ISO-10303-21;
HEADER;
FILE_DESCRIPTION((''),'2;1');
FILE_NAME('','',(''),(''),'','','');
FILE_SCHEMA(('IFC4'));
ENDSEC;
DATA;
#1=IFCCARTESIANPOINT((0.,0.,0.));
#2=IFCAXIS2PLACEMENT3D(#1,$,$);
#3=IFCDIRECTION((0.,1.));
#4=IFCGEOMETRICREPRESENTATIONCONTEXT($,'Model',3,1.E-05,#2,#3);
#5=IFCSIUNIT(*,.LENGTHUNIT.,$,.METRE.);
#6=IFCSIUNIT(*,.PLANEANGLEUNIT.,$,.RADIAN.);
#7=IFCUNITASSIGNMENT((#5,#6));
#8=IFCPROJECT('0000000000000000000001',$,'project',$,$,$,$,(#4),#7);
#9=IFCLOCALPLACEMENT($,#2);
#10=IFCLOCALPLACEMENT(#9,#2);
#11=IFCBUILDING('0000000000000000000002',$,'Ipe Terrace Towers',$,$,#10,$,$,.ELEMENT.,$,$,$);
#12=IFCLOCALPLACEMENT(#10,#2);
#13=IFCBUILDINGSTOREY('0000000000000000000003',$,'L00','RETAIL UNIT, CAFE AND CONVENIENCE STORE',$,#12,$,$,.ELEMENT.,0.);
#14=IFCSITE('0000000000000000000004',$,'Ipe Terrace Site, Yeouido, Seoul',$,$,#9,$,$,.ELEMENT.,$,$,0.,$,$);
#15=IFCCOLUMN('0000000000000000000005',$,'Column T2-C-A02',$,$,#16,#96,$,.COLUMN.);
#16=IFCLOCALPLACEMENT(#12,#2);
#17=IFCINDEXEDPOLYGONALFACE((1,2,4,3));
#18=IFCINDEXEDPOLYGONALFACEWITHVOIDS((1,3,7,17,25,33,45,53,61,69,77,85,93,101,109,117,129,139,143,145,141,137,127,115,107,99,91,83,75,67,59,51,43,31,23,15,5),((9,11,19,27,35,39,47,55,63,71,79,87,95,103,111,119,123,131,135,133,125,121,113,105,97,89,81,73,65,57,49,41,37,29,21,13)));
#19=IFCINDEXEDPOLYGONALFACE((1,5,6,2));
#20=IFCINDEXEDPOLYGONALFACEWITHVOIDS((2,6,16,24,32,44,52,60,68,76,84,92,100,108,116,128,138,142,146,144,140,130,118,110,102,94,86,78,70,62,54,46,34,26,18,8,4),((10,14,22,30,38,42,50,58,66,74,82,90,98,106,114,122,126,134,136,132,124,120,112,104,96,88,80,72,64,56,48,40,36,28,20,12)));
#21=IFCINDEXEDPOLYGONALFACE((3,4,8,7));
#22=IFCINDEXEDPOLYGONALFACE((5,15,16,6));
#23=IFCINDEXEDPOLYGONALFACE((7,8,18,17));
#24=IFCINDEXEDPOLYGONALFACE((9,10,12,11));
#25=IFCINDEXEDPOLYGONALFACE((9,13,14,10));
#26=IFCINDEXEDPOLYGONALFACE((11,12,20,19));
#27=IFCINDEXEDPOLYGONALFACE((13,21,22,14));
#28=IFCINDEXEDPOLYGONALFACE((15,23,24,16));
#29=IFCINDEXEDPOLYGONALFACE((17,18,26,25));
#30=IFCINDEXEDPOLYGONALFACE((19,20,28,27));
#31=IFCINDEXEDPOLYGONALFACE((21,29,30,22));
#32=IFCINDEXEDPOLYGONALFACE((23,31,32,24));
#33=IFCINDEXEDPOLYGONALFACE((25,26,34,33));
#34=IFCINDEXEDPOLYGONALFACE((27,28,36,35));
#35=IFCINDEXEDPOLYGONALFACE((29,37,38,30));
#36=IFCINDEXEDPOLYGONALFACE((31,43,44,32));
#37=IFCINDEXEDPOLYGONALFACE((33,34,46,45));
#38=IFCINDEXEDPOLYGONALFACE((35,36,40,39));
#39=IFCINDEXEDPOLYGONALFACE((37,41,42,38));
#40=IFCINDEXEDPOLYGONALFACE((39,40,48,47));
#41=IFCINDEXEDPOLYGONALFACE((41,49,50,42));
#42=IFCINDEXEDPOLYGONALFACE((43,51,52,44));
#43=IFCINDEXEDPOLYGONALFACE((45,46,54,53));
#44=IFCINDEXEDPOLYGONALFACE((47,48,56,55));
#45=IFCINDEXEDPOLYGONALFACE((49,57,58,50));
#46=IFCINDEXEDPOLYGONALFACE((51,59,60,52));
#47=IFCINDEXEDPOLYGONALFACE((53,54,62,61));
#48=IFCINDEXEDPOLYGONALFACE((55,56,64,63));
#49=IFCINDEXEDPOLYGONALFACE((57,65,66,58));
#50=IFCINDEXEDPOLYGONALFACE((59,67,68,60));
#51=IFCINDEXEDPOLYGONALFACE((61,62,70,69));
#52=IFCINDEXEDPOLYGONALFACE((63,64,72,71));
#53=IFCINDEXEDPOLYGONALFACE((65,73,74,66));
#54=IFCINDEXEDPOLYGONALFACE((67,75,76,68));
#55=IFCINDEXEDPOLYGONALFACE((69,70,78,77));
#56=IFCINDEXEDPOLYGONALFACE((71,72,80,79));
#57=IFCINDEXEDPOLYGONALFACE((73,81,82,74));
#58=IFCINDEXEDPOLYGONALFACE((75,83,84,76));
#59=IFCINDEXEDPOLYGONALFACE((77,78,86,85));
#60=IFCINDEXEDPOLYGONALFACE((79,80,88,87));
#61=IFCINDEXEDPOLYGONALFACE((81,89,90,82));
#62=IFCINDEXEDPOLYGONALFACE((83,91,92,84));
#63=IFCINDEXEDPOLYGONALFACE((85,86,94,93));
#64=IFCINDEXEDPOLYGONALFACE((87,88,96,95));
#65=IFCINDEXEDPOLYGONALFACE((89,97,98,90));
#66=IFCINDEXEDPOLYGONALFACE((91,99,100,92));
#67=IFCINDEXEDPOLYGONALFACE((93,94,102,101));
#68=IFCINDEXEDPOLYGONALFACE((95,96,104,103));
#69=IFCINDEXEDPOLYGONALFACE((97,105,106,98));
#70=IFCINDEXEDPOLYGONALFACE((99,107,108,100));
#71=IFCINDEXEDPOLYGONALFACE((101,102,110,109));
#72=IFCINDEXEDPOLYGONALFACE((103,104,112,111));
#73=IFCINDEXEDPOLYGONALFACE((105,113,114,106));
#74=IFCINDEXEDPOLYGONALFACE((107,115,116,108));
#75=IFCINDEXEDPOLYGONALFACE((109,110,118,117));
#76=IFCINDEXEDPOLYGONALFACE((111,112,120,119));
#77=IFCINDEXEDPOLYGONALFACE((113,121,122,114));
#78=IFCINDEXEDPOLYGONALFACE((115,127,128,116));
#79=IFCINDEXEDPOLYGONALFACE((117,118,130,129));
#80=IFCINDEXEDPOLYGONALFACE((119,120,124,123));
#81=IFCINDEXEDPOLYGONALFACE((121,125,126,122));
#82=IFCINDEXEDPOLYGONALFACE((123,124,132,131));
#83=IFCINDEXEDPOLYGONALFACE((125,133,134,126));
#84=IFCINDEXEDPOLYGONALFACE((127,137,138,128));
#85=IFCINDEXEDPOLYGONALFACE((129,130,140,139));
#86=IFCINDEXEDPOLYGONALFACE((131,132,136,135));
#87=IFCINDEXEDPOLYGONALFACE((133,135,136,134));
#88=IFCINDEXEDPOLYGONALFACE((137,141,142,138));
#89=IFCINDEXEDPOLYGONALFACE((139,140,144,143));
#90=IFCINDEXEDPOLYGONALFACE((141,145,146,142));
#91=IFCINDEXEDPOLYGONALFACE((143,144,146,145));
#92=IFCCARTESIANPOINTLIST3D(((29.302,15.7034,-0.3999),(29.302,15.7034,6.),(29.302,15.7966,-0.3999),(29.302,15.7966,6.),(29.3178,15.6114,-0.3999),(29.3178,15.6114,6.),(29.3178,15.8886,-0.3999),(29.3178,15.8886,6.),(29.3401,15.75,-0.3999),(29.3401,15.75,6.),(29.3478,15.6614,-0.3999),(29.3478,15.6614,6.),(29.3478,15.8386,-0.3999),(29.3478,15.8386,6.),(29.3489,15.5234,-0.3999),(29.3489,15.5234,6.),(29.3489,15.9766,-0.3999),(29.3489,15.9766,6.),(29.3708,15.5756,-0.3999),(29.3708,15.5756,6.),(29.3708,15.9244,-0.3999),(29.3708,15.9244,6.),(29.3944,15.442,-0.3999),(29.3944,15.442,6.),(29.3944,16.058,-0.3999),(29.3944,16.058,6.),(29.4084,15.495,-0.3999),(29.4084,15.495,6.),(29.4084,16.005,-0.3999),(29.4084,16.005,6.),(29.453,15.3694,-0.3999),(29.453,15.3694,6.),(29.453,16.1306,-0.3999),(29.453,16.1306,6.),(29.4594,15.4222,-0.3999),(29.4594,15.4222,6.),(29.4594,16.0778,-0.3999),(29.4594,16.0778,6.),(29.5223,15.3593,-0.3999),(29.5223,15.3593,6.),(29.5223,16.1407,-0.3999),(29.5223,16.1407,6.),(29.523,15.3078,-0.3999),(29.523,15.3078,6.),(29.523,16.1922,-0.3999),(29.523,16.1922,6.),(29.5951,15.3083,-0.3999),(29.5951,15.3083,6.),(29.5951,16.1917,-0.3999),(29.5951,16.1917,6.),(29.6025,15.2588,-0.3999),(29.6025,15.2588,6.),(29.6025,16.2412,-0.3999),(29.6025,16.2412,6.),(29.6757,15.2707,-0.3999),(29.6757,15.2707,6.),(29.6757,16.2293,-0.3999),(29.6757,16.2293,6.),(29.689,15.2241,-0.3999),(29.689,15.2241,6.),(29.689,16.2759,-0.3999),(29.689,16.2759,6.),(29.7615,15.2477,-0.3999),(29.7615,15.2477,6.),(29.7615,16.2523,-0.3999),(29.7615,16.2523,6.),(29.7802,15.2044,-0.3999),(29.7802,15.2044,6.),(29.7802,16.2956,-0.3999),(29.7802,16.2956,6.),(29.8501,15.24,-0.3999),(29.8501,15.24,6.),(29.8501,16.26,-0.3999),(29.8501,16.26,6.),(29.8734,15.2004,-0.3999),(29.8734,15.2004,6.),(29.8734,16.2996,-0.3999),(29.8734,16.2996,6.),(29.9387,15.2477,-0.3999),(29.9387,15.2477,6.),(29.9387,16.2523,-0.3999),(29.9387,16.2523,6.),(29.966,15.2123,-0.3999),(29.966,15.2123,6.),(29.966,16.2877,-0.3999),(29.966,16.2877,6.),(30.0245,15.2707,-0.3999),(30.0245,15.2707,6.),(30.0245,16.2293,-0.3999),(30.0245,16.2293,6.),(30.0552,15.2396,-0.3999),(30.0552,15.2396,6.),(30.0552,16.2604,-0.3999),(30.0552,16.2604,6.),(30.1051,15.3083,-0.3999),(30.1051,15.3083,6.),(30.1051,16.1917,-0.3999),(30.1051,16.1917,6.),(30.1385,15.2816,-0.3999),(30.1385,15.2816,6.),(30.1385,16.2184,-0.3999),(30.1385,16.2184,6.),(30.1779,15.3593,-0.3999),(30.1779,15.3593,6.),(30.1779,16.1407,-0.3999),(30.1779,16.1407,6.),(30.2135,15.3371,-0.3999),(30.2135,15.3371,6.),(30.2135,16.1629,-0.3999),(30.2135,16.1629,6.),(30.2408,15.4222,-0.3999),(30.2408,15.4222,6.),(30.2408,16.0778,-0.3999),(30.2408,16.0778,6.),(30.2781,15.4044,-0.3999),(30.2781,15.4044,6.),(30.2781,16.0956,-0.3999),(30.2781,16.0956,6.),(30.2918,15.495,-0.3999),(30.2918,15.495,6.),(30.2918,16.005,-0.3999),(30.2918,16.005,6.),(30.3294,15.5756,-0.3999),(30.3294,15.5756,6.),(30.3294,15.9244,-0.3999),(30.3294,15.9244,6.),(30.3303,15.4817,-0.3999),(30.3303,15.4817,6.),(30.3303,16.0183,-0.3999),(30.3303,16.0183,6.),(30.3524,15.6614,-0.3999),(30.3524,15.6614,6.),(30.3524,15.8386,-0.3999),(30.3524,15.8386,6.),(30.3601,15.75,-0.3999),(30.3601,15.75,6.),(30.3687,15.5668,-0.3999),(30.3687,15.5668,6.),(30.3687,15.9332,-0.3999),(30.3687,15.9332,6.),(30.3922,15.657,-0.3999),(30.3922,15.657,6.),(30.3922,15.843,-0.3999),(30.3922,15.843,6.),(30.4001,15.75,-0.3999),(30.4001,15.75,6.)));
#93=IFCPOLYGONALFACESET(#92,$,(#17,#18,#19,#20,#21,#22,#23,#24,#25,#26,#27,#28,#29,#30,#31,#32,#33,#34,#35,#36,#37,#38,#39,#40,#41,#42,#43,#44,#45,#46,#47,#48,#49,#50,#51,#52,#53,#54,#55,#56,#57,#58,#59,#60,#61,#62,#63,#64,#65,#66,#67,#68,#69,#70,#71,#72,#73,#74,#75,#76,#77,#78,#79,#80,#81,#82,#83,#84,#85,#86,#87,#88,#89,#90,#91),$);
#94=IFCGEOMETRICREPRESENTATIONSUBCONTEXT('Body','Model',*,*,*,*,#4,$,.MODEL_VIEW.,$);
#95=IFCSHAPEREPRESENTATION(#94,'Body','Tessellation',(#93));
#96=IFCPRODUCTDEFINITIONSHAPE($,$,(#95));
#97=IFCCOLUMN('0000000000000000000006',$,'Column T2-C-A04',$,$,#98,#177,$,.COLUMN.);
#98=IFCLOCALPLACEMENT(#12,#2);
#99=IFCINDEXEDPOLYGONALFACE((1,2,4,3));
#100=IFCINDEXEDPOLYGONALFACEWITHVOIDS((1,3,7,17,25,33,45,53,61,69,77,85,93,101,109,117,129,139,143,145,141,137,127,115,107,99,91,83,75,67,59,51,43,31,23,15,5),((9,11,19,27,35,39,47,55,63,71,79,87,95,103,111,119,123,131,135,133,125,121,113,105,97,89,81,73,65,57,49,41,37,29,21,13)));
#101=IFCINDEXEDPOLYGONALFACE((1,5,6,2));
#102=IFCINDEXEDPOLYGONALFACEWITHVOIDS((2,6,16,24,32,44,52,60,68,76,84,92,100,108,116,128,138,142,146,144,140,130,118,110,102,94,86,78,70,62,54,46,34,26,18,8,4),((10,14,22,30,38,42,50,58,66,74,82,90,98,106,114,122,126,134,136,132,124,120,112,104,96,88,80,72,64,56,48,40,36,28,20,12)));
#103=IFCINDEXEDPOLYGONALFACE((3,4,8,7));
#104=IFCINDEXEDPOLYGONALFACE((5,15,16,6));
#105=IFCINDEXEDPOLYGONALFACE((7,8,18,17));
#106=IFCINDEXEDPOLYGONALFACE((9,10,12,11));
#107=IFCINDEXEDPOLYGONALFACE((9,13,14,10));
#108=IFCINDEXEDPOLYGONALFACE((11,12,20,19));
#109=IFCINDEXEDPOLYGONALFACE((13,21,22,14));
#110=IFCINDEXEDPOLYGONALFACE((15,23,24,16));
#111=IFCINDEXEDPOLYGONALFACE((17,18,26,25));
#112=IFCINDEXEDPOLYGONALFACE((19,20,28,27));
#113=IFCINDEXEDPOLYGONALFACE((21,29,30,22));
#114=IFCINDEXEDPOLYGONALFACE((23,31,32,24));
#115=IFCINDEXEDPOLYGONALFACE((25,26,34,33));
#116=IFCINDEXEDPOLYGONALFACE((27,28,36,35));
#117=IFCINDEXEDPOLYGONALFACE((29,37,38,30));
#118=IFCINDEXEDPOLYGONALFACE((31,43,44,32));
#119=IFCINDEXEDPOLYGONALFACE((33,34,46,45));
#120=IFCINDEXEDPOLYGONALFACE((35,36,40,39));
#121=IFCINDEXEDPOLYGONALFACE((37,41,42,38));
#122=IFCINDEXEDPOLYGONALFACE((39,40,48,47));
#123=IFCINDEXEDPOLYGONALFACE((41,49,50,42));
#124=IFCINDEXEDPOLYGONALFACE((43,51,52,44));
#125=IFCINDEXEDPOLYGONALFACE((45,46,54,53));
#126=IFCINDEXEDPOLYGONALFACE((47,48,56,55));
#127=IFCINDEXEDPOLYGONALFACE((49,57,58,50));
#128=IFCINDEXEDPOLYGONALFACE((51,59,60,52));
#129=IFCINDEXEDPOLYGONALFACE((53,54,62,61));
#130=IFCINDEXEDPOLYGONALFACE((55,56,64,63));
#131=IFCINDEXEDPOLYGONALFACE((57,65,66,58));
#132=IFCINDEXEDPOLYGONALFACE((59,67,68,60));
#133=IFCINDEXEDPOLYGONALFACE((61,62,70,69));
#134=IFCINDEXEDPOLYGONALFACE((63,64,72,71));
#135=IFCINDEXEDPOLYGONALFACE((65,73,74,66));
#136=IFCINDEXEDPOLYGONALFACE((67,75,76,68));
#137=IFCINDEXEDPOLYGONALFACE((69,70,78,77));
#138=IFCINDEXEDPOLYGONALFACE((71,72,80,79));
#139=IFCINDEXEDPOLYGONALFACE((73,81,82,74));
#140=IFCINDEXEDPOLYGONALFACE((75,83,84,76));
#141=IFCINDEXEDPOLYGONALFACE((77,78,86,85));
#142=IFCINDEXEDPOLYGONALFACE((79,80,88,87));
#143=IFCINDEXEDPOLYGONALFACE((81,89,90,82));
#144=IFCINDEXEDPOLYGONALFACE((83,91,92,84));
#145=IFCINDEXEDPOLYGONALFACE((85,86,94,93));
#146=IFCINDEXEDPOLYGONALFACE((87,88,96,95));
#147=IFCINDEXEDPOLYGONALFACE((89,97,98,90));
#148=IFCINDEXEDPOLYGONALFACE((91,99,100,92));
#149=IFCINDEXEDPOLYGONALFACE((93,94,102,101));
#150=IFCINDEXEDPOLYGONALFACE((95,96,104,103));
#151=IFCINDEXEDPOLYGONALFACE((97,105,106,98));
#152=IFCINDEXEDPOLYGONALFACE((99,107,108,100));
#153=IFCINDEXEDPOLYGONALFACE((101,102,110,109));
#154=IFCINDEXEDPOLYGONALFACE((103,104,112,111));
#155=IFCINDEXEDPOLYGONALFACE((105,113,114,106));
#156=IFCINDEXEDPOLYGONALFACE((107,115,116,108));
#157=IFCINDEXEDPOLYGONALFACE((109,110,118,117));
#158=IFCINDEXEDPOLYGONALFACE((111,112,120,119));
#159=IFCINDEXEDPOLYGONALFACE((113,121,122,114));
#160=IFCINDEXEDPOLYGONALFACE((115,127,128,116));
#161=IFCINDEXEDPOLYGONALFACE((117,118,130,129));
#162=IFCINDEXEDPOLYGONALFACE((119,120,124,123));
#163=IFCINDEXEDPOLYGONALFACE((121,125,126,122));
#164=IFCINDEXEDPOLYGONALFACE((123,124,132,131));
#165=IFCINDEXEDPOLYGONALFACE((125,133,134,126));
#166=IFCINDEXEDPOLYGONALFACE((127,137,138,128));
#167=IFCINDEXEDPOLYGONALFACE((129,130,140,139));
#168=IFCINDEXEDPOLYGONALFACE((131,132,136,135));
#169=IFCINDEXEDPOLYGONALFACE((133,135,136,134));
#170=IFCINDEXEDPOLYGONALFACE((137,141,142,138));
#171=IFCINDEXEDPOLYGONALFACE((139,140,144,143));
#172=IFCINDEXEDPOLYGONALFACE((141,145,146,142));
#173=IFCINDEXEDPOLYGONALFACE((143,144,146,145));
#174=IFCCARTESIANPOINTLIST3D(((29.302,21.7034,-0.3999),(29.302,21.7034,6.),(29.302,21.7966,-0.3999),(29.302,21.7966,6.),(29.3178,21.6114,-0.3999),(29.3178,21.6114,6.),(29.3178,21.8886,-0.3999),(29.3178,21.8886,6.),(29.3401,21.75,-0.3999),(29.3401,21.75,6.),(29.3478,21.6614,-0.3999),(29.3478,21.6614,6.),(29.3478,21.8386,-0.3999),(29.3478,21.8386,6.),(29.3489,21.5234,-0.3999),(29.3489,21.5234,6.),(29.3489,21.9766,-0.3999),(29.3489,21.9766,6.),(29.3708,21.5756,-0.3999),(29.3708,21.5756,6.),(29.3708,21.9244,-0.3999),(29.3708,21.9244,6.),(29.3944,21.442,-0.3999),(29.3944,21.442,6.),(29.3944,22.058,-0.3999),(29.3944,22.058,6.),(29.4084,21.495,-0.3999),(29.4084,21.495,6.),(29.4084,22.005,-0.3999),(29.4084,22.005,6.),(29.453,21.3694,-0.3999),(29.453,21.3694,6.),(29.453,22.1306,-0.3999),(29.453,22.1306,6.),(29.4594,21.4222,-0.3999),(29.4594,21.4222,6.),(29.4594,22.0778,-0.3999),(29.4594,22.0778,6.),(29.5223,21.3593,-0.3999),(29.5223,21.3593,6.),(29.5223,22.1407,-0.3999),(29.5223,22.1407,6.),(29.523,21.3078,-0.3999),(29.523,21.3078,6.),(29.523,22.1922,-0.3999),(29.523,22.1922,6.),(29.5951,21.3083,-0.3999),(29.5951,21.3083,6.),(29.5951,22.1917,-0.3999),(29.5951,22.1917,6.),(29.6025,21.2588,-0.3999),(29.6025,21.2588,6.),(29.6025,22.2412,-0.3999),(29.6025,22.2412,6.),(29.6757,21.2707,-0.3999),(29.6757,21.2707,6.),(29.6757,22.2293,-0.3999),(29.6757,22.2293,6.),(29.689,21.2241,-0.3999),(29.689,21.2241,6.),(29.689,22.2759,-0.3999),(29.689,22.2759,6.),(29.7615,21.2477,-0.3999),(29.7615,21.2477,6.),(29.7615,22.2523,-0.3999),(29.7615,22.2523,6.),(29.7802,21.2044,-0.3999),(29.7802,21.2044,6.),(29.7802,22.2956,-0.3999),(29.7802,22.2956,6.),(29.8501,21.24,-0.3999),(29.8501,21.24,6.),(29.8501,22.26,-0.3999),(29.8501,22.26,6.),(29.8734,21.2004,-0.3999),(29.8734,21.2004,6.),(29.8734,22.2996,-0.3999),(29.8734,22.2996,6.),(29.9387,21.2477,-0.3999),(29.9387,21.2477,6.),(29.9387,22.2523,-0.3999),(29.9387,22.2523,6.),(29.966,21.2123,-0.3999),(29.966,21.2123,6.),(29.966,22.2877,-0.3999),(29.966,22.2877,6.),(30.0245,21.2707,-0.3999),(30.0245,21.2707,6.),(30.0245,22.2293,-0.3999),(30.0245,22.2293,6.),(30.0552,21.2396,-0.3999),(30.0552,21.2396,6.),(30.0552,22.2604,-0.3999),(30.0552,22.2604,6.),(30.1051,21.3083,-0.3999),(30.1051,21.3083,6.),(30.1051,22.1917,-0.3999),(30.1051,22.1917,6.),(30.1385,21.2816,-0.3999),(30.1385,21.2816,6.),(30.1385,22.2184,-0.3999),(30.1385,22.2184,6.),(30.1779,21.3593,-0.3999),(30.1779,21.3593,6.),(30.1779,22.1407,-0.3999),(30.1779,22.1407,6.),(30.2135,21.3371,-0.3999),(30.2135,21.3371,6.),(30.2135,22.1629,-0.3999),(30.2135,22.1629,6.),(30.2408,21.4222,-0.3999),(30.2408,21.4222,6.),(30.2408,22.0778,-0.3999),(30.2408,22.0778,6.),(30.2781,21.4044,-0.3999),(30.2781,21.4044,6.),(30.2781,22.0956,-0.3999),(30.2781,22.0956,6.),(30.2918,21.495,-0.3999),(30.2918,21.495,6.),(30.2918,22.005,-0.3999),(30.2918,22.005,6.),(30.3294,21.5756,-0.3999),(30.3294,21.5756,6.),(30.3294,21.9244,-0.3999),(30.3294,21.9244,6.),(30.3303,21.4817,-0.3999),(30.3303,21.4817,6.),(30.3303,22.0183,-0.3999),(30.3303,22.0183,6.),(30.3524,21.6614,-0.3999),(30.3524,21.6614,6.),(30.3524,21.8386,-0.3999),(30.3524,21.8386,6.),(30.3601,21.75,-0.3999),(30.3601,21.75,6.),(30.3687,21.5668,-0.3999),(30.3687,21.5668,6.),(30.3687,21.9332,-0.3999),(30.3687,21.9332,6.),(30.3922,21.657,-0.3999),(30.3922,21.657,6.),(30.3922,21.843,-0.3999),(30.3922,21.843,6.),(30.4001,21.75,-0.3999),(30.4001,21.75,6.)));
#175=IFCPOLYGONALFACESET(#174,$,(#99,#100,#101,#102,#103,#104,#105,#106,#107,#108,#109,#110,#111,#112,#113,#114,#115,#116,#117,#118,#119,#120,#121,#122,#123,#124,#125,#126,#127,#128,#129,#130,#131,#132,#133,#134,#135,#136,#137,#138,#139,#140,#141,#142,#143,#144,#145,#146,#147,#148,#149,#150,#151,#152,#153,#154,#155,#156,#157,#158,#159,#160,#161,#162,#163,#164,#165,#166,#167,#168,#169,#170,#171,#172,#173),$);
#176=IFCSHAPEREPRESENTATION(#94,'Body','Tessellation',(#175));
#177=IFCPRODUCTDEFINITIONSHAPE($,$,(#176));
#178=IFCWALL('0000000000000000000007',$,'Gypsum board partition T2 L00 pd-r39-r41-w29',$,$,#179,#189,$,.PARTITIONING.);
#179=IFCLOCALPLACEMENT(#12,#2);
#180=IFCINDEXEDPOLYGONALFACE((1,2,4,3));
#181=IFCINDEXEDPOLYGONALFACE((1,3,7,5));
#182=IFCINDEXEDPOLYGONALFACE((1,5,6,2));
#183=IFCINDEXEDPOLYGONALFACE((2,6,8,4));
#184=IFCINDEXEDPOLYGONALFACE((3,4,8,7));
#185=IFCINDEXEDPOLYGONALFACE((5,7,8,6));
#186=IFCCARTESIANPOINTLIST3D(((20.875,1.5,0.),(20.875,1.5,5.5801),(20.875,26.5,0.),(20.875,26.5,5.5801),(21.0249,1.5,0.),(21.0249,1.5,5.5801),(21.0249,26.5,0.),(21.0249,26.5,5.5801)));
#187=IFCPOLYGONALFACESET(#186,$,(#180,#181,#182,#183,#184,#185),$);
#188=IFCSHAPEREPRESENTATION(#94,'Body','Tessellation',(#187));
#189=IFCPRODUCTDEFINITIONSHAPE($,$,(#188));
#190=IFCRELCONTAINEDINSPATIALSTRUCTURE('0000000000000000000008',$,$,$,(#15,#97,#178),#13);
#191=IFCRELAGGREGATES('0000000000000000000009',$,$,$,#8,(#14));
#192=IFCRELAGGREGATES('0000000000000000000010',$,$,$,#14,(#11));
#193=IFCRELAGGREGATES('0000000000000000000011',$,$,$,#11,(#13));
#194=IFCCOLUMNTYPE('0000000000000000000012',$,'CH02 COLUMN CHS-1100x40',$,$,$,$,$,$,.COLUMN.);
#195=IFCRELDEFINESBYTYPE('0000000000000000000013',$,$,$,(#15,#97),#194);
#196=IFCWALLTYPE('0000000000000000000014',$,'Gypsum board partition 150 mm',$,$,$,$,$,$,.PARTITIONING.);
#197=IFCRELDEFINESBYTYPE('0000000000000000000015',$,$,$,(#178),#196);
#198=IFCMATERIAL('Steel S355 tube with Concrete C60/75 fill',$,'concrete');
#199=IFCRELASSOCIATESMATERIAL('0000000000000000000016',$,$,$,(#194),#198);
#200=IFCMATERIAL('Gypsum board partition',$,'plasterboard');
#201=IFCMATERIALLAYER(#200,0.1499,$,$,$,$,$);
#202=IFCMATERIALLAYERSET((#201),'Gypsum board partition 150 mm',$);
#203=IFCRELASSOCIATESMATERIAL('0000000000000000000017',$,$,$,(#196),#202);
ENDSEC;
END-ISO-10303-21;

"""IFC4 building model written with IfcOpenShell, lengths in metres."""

from ifc_helpers import new_model, si_unit, direction, frame, frame_2d, origin, origin_2d, place, context, subcontext, project, spatial, rectangle, hollow_circle, extrude, material, layer, layer_set, material_profile, profile_set, type_object, element, save


model = new_model("IFC4")

# Units and contexts
model_context = context("Model", 3, precision=1e-05, world=origin(), true_north=direction((0.0, 1.0)))
body_context = subcontext(model_context, "Body", "Model", "MODEL_VIEW")
ifc_project = project(units=[si_unit("LENGTHUNIT", "METRE"), si_unit("PLANEANGLEUNIT", "RADIAN")], contexts=[model_context])

# Site, building, storey
site_placement = place(None, origin())
site = spatial("IfcSite", under=ifc_project, at=site_placement, Name="Ipe Terrace Site, Yeouido, Seoul", CompositionType="ELEMENT", RefElevation=0.0)
building_placement = place(site_placement, origin())
building = spatial("IfcBuilding", under=site, at=building_placement, Name="Ipe Terrace Towers", CompositionType="ELEMENT")
storey_placement = place(building_placement, origin())
storey = spatial("IfcBuildingStorey", under=building, at=storey_placement, Name="L00", Description="RETAIL UNIT, CAFE AND CONVENIENCE STORE", CompositionType="ELEMENT", Elevation=0.0)

# Columns
ifc_material_1 = material(Name="Steel S355 tube with Concrete C60/75 fill", Category="concrete")
ifc_material_profile_1 = material_profile(ifc_material_1, hollow_circle(Radius=0.55, WallThickness=0.04, at=origin_2d()), Name="CHS-1100x40")
ifc_profile_set_1 = profile_set([ifc_material_profile_1], Name="Steel S355 tube with Concrete C60/75 fill")
column_type = type_object("IfcColumnType", Name="CH02 COLUMN CHS-1100x40", PredefinedType="COLUMN", material=ifc_profile_set_1)
for number, where, z_axis, x_axis, name in (
    (1, (29.8501, 15.75, -0.3999), (0.0, 0.0, 1.0), (1.0, 0.0, 0.0), "Column T2-C-A02"),
    (2, (29.8501, 21.75, -0.3999), (0.0, 0.0, 1.0), (1.0, 0.0, 0.0), "Column T2-C-A04"),
):
    element("IfcColumn", number, at=place(storey_placement, frame(where, z_axis=z_axis, x_axis=x_axis)), inside=storey, type_object=column_type, Name=name, PredefinedType="COLUMN", context=body_context, shape_type="SweptSolid", body=[
        extrude(hollow_circle(Radius=0.55, WallThickness=0.04, at=origin_2d()), origin(), (0.0, 0.0, 1.0), 6.3999),
    ])

# Wall
ifc_material_2 = material(Name="Gypsum board partition", Category="plasterboard")
ifc_layer_1 = layer(ifc_material_2, 0.1499)
ifc_layer_set_1 = layer_set([ifc_layer_1], Name="Gypsum board partition 150 mm")
wall_type_1 = type_object("IfcWallType", Name="Gypsum board partition 150 mm", PredefinedType="PARTITIONING", material=ifc_layer_set_1)
wall_1_placement = place(storey_placement, frame((20.95, 26.5, 0.0), z_axis=(0.0, 0.0, 1.0), x_axis=(0.0, -1.0, 0.0)))
element("IfcWall", 3, at=wall_1_placement, inside=storey, type_object=wall_type_1, Name="Gypsum board partition T2 L00 pd-r39-r41-w29", PredefinedType="PARTITIONING", context=body_context, shape_type="SweptSolid", body=[
    extrude(rectangle(XDim=25.0, YDim=0.1499, at=frame_2d((12.5, 0.0))), origin(), (0.0, 0.0, 1.0), 5.5801),
])

save(model, "model.ifc")
